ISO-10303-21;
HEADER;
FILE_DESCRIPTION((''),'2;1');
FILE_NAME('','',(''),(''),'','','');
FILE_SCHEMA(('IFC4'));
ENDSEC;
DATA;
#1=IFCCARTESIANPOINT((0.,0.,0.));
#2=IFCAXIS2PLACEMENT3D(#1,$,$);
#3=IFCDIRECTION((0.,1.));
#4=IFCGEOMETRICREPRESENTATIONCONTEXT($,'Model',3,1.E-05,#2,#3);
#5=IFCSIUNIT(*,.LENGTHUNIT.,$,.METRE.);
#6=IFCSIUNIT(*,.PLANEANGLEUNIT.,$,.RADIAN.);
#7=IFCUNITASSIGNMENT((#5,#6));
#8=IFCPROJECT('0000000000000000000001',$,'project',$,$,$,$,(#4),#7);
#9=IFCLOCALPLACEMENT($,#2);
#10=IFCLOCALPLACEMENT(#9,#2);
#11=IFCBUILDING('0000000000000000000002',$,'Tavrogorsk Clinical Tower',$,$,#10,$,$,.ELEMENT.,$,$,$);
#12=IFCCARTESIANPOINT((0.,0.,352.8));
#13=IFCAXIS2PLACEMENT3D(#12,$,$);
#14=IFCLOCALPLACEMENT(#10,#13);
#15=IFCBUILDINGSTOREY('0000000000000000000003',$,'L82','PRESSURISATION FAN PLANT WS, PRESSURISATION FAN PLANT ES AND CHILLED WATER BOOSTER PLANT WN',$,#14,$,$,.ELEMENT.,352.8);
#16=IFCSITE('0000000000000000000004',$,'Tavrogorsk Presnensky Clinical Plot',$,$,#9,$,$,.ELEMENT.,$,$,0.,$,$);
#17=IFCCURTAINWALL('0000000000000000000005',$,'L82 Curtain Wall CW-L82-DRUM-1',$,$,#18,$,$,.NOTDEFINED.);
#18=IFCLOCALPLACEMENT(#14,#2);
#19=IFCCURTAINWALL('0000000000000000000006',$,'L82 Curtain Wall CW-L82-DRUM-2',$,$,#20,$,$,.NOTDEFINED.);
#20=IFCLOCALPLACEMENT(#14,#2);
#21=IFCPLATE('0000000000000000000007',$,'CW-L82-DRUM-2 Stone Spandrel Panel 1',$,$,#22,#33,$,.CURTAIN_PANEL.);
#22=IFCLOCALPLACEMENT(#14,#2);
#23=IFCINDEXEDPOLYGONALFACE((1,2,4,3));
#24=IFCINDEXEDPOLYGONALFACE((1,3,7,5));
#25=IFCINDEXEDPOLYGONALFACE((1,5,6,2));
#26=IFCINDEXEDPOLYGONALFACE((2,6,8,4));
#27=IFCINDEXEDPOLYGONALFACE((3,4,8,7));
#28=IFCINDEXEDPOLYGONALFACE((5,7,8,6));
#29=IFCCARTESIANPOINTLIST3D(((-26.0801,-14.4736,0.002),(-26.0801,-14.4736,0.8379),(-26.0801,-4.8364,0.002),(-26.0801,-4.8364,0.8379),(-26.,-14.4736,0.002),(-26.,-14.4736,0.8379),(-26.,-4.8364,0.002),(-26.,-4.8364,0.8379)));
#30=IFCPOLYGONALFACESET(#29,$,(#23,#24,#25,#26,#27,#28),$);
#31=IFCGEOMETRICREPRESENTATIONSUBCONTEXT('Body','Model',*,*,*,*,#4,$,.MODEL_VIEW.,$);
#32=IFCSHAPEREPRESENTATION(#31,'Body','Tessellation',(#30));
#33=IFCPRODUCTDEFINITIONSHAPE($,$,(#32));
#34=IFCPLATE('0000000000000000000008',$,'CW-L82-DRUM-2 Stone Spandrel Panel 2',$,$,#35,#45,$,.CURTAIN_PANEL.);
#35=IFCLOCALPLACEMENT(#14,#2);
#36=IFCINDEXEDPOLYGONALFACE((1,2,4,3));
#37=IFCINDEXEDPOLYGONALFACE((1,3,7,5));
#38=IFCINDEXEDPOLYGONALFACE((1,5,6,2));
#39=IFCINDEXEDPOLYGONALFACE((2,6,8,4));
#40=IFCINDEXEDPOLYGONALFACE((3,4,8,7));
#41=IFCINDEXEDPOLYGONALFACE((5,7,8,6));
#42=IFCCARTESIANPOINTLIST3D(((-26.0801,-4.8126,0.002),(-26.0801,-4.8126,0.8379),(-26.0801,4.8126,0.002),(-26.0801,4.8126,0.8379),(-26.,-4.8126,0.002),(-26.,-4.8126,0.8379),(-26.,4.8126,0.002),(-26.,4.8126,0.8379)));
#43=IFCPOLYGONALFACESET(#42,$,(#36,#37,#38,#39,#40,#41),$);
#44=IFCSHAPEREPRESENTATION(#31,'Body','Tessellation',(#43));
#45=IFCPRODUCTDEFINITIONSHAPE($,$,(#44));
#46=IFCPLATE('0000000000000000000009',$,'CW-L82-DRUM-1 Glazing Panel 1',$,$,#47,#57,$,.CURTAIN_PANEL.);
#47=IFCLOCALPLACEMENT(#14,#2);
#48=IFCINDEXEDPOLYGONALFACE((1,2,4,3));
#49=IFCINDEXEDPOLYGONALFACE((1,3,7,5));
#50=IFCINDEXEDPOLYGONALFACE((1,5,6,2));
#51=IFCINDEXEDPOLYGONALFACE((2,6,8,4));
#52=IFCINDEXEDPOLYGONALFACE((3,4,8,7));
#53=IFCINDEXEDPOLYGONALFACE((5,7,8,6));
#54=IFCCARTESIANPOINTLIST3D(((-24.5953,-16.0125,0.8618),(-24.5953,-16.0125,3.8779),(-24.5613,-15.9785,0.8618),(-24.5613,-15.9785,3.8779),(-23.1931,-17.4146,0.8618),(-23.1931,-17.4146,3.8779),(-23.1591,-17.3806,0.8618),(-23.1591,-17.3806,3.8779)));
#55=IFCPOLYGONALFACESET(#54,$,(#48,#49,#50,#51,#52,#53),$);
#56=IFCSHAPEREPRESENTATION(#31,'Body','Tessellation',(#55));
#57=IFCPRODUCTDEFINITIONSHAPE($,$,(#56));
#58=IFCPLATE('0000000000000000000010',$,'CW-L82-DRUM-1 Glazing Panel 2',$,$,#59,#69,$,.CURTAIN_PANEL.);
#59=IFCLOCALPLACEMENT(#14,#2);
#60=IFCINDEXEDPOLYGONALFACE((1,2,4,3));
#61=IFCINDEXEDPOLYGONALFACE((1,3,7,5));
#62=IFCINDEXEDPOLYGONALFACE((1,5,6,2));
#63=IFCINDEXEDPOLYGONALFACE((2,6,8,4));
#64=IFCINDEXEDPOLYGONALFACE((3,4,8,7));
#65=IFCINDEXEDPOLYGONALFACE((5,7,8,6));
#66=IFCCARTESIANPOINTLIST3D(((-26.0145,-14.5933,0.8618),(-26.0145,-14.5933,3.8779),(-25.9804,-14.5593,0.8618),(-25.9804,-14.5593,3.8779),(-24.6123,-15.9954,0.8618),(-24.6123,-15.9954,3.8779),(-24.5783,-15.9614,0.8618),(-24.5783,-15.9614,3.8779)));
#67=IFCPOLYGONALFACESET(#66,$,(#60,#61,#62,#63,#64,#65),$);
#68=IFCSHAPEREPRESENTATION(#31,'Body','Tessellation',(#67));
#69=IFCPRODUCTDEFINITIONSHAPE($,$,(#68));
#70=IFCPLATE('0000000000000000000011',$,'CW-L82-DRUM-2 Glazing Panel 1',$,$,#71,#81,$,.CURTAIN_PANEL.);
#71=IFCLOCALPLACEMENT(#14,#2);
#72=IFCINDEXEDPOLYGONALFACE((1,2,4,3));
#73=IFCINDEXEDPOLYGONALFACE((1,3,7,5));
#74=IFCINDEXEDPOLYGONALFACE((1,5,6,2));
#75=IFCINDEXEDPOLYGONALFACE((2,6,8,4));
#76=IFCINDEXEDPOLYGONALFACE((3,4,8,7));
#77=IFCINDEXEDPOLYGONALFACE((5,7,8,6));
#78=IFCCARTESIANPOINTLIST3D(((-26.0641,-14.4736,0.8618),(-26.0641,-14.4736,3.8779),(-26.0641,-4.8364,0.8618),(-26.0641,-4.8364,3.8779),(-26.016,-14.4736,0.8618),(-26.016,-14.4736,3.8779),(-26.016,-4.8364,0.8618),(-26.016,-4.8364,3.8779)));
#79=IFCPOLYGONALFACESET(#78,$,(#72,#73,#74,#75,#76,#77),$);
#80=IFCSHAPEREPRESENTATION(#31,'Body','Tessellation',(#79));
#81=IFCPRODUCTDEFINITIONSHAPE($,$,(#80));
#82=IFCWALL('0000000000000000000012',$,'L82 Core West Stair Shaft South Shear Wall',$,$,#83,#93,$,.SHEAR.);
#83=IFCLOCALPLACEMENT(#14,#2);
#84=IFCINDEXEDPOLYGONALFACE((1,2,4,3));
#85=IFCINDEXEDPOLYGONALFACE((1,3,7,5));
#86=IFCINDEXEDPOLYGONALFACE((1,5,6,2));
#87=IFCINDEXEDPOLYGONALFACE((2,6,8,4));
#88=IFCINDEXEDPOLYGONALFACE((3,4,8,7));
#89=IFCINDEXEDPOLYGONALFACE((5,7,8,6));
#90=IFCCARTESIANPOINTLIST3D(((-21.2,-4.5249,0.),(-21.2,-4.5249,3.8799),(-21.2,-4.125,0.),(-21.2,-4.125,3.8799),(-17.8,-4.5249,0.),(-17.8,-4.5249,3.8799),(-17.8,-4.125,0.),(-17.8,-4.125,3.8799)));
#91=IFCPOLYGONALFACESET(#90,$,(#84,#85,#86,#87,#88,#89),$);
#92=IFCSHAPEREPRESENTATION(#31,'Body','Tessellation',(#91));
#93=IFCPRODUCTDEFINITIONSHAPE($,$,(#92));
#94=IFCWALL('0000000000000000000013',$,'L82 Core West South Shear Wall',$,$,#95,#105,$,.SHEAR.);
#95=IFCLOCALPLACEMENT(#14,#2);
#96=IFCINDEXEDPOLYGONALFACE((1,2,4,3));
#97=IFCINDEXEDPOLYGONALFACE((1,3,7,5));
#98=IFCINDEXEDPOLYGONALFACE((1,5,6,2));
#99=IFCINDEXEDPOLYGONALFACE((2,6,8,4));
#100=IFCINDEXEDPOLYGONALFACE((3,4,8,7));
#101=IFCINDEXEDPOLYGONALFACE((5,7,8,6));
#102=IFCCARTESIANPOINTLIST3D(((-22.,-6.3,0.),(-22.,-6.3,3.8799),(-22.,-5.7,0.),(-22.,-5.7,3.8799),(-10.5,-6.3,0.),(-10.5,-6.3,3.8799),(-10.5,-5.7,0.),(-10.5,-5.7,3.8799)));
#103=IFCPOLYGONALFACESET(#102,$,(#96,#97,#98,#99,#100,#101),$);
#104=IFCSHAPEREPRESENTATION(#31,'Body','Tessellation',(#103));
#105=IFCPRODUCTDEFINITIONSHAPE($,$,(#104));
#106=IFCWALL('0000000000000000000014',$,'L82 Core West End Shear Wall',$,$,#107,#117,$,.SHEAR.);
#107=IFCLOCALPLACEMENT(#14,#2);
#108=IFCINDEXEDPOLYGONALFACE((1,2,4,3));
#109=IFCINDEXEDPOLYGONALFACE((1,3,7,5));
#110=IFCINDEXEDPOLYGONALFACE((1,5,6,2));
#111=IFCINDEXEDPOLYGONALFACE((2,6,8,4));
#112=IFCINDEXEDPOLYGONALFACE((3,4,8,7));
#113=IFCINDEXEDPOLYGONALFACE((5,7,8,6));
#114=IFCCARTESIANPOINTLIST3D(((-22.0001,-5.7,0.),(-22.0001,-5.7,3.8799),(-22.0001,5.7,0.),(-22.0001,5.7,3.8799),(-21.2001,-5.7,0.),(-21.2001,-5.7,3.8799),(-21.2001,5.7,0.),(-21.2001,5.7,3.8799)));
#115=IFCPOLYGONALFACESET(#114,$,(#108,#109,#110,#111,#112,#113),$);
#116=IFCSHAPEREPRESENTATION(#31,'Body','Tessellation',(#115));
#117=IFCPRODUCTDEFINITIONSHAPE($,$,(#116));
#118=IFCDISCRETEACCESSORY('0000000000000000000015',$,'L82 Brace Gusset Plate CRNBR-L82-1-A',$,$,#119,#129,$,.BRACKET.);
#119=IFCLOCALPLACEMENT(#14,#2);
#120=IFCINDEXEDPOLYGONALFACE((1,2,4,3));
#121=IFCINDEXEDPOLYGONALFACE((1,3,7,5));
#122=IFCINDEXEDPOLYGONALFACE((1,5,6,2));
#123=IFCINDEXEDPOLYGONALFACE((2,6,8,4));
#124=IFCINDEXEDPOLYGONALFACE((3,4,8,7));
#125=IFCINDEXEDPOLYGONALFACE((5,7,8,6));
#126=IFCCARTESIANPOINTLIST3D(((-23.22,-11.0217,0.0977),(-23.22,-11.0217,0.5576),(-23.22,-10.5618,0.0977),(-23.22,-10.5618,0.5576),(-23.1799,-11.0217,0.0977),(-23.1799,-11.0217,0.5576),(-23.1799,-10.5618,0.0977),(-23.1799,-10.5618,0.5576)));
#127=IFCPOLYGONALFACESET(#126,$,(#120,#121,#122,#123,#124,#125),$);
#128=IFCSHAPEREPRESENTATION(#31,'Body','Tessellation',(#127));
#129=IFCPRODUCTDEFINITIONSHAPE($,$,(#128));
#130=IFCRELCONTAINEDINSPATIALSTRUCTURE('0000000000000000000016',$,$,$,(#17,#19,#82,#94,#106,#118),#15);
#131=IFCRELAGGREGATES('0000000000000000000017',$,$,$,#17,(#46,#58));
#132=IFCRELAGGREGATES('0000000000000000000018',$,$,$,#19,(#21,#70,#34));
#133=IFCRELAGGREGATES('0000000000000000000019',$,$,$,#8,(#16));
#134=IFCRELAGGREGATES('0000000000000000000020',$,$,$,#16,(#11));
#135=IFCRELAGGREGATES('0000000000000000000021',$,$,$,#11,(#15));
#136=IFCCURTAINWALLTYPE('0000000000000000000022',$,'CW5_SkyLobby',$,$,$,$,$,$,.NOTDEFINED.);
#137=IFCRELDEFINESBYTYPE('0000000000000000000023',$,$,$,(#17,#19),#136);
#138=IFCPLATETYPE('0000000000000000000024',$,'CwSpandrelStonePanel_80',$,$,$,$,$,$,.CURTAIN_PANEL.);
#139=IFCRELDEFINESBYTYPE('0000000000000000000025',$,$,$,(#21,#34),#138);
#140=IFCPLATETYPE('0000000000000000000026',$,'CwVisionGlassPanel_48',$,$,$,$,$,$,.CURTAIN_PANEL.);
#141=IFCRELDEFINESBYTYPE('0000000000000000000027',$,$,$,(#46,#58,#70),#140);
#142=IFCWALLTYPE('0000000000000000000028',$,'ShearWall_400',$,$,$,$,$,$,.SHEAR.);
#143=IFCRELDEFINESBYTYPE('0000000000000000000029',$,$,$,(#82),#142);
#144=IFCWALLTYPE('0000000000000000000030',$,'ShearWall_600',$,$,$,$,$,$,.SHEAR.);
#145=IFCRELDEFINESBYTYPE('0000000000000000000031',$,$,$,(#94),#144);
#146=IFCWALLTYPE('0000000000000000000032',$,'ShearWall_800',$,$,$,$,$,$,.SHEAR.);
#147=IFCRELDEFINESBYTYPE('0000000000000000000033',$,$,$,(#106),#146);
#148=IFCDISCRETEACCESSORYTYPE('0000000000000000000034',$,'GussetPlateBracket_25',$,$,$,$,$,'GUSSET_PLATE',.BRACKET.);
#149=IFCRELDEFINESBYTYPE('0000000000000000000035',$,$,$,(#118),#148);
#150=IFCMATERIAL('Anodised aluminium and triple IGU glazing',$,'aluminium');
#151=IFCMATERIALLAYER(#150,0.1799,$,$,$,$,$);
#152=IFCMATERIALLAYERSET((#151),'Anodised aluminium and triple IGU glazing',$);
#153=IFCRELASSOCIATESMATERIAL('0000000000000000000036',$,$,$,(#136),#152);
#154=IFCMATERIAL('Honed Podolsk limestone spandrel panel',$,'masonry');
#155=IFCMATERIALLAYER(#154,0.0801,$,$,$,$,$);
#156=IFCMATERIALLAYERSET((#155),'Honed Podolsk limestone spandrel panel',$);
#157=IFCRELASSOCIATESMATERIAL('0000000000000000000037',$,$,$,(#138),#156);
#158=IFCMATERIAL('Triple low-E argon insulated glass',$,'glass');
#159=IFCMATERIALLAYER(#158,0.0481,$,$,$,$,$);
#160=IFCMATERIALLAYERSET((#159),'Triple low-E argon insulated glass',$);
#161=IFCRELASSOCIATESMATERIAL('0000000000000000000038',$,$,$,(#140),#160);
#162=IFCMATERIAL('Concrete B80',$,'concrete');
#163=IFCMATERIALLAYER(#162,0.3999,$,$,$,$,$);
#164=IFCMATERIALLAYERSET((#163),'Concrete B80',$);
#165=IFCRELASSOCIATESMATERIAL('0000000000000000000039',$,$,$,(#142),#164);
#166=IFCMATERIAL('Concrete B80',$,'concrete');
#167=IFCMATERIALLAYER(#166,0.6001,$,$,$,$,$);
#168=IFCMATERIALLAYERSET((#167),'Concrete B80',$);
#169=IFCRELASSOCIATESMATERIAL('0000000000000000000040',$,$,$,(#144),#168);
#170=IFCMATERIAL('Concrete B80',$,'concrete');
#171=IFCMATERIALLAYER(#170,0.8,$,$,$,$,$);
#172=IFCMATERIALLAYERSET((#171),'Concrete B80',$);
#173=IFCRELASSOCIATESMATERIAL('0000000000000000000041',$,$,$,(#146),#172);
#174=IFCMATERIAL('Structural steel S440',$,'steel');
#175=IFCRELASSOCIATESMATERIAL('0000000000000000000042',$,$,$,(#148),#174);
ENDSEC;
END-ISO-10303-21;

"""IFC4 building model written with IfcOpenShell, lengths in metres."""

from ifc_helpers import new_model, si_unit, direction, frame, frame_2d, origin, origin_2d, place, context, subcontext, project, spatial, rectangle, extrude, material, layer, layer_set, type_object, element, aggregate, save


model = new_model("IFC4")

# Units and contexts
model_context = context("Model", 3, precision=1e-05, world=origin(), true_north=direction((0.0, 1.0)))
body_context = subcontext(model_context, "Body", "Model", "MODEL_VIEW")
ifc_project = project(units=[si_unit("LENGTHUNIT", "METRE"), si_unit("PLANEANGLEUNIT", "RADIAN")], contexts=[model_context])

# Site, building, storey
site_placement = place(None, origin())
site = spatial("IfcSite", under=ifc_project, at=site_placement, Name="Tavrogorsk Presnensky Clinical Plot", CompositionType="ELEMENT", RefElevation=0.0)
building_placement = place(site_placement, origin())
building = spatial("IfcBuilding", under=site, at=building_placement, Name="Tavrogorsk Clinical Tower", CompositionType="ELEMENT")
storey_placement = place(building_placement, frame((0.0, 0.0, 352.8)))
storey = spatial("IfcBuildingStorey", under=building, at=storey_placement, Name="L82", Description="PRESSURISATION FAN PLANT WS, PRESSURISATION FAN PLANT ES AND CHILLED WATER BOOSTER PLANT WN", CompositionType="ELEMENT", Elevation=352.8)

# Curtain walls
ifc_material_1 = material(Name="Anodised aluminium and triple IGU glazing", Category="aluminium")
ifc_layer_1 = layer(ifc_material_1, 0.1799)
ifc_layer_set_1 = layer_set([ifc_layer_1], Name="Anodised aluminium and triple IGU glazing")
curtain_wall_type = type_object("IfcCurtainWallType", Name="CW5_SkyLobby", PredefinedType="NOTDEFINED", material=ifc_layer_set_1)
curtain_wall_1_placement = place(storey_placement, origin())
curtain_wall_1 = element("IfcCurtainWall", 1, at=curtain_wall_1_placement, inside=storey, type_object=curtain_wall_type, Name="L82 Curtain Wall CW-L82-DRUM-1", PredefinedType="NOTDEFINED")
curtain_wall_2_placement = place(storey_placement, origin())
curtain_wall_2 = element("IfcCurtainWall", 2, at=curtain_wall_2_placement, inside=storey, type_object=curtain_wall_type, Name="L82 Curtain Wall CW-L82-DRUM-2", PredefinedType="NOTDEFINED")

# Plates
ifc_material_2 = material(Name="Honed Podolsk limestone spandrel panel", Category="masonry")
ifc_layer_2 = layer(ifc_material_2, 0.0801)
ifc_layer_set_2 = layer_set([ifc_layer_2], Name="Honed Podolsk limestone spandrel panel")
plate_type_1 = type_object("IfcPlateType", Name="CwSpandrelStonePanel_80", PredefinedType="CURTAIN_PANEL", material=ifc_layer_set_2)
plate_1_placement = place(storey_placement, frame((-26.04, -9.655, 0.002), z_axis=(0.0, 0.0, 1.0), x_axis=(0.0, 1.0, 0.0)))
plate_1 = element("IfcPlate", 3, at=plate_1_placement, type_object=plate_type_1, Name="CW-L82-DRUM-2 Stone Spandrel Panel 1", PredefinedType="CURTAIN_PANEL", context=body_context, shape_type="SweptSolid", body=[
    extrude(rectangle(XDim=9.6372, YDim=0.0801, at=origin_2d()), origin(), (0.0, 0.0, 1.0), 0.8359),
])
plate_2_placement = place(storey_placement, frame((-26.04, 0.0, 0.002), z_axis=(0.0, 0.0, 1.0), x_axis=(0.0, 1.0, 0.0)))
plate_2 = element("IfcPlate", 4, at=plate_2_placement, type_object=plate_type_1, Name="CW-L82-DRUM-2 Stone Spandrel Panel 2", PredefinedType="CURTAIN_PANEL", context=body_context, shape_type="SweptSolid", body=[
    extrude(rectangle(XDim=9.6252, YDim=0.0801, at=origin_2d()), origin(), (0.0, 0.0, 1.0), 0.8359),
])
ifc_material_3 = material(Name="Triple low-E argon insulated glass", Category="glass")
ifc_layer_3 = layer(ifc_material_3, 0.0481)
ifc_layer_set_3 = layer_set([ifc_layer_3], Name="Triple low-E argon insulated glass")
plate_type_2 = type_object("IfcPlateType", Name="CwVisionGlassPanel_48", PredefinedType="CURTAIN_PANEL", material=ifc_layer_set_3)
plate_3_placement = place(storey_placement, frame((-23.8772, -16.6965, 0.8618), z_axis=(0.0, 0.0, 1.0), x_axis=(-0.707107, 0.707107, 0.0)))
plate_3 = element("IfcPlate", 5, at=plate_3_placement, type_object=plate_type_2, Name="CW-L82-DRUM-1 Glazing Panel 1", PredefinedType="CURTAIN_PANEL", context=body_context, shape_type="SweptSolid", body=[
    extrude(rectangle(XDim=1.9829, YDim=0.0481, at=origin_2d()), origin(), (0.0, 0.0, 1.0), 3.0161),
])
plate_4_placement = place(storey_placement, frame((-25.2964, -15.2773, 0.8618), z_axis=(0.0, 0.0, 1.0), x_axis=(-0.707107, 0.707107, 0.0)))
plate_4 = element("IfcPlate", 6, at=plate_4_placement, type_object=plate_type_2, Name="CW-L82-DRUM-1 Glazing Panel 2", PredefinedType="CURTAIN_PANEL", context=body_context, shape_type="SweptSolid", body=[
    extrude(rectangle(XDim=1.9829, YDim=0.0481, at=origin_2d()), origin(), (0.0, 0.0, 1.0), 3.0161),
])
aggregate(curtain_wall_1, [plate_3, plate_4])
plate_5_placement = place(storey_placement, frame((-26.04, -9.655, 0.8618), z_axis=(0.0, 0.0, 1.0), x_axis=(0.0, 1.0, 0.0)))
plate_5 = element("IfcPlate", 7, at=plate_5_placement, type_object=plate_type_2, Name="CW-L82-DRUM-2 Glazing Panel 1", PredefinedType="CURTAIN_PANEL", context=body_context, shape_type="SweptSolid", body=[
    extrude(rectangle(XDim=9.6372, YDim=0.0481, at=origin_2d()), origin(), (0.0, 0.0, 1.0), 3.0161),
])
aggregate(curtain_wall_2, [plate_1, plate_5, plate_2])

# Walls
ifc_material_4 = material(Name="Concrete B80", Category="concrete")
ifc_layer_4 = layer(ifc_material_4, 0.3999)
ifc_layer_set_4 = layer_set([ifc_layer_4], Name="Concrete B80")
wall_type_1 = type_object("IfcWallType", Name="ShearWall_400", PredefinedType="SHEAR", material=ifc_layer_set_4)
wall_1_placement = place(storey_placement, frame((-21.2, -4.325, 0.0), z_axis=(0.0, 0.0, 1.0), x_axis=(1.0, 0.0, 0.0)))
element("IfcWall", 8, at=wall_1_placement, inside=storey, type_object=wall_type_1, Name="L82 Core West Stair Shaft South Shear Wall", PredefinedType="SHEAR", context=body_context, shape_type="SweptSolid", body=[
    extrude(rectangle(XDim=3.3999, YDim=0.3999, at=frame_2d((1.7, 0.0))), origin(), (0.0, 0.0, 1.0), 3.8799),
])
ifc_material_5 = material(Name="Concrete B80", Category="concrete")
ifc_layer_5 = layer(ifc_material_5, 0.6001)
ifc_layer_set_5 = layer_set([ifc_layer_5], Name="Concrete B80")
wall_type_2 = type_object("IfcWallType", Name="ShearWall_600", PredefinedType="SHEAR", material=ifc_layer_set_5)
wall_2_placement = place(storey_placement, frame((-22.0, -6.0, 0.0), z_axis=(0.0, 0.0, 1.0), x_axis=(1.0, 0.0, 0.0)))
element("IfcWall", 9, at=wall_2_placement, inside=storey, type_object=wall_type_2, Name="L82 Core West South Shear Wall", PredefinedType="SHEAR", context=body_context, shape_type="SweptSolid", body=[
    extrude(rectangle(XDim=11.5, YDim=0.6001, at=frame_2d((5.75, 0.0))), origin(), (0.0, 0.0, 1.0), 3.8799),
])
ifc_material_6 = material(Name="Concrete B80", Category="concrete")
ifc_layer_6 = layer(ifc_material_6, 0.8)
ifc_layer_set_6 = layer_set([ifc_layer_6], Name="Concrete B80")
wall_type_3 = type_object("IfcWallType", Name="ShearWall_800", PredefinedType="SHEAR", material=ifc_layer_set_6)
wall_3_placement = place(storey_placement, frame((-21.6001, -5.7, 0.0), z_axis=(0.0, 0.0, 1.0), x_axis=(0.0, 1.0, 0.0)))
element("IfcWall", 10, at=wall_3_placement, inside=storey, type_object=wall_type_3, Name="L82 Core West End Shear Wall", PredefinedType="SHEAR", context=body_context, shape_type="SweptSolid", body=[
    extrude(rectangle(XDim=11.3999, YDim=0.8, at=frame_2d((5.7, 0.0))), origin(), (0.0, 0.0, 1.0), 3.8799),
])

# Discrete accessory
ifc_material_7 = material(Name="Structural steel S440", Category="steel")
discrete_accessory_type = type_object("IfcDiscreteAccessoryType", Name="GussetPlateBracket_25", ElementType="GUSSET_PLATE", PredefinedType="BRACKET", material=ifc_material_7)
discrete_accessory_placement = place(storey_placement, frame((-23.2, -10.7917, 0.0977), z_axis=(0.0, 0.0, 1.0), x_axis=(0.0, 1.0, 0.0)))
element("IfcDiscreteAccessory", 11, at=discrete_accessory_placement, inside=storey, type_object=discrete_accessory_type, Name="L82 Brace Gusset Plate CRNBR-L82-1-A", PredefinedType="BRACKET", context=body_context, shape_type="SweptSolid", body=[
    extrude(rectangle(XDim=0.46, YDim=0.04, at=origin_2d()), origin(), (0.0, 0.0, 1.0), 0.46),
])

save(model, "model.ifc")
